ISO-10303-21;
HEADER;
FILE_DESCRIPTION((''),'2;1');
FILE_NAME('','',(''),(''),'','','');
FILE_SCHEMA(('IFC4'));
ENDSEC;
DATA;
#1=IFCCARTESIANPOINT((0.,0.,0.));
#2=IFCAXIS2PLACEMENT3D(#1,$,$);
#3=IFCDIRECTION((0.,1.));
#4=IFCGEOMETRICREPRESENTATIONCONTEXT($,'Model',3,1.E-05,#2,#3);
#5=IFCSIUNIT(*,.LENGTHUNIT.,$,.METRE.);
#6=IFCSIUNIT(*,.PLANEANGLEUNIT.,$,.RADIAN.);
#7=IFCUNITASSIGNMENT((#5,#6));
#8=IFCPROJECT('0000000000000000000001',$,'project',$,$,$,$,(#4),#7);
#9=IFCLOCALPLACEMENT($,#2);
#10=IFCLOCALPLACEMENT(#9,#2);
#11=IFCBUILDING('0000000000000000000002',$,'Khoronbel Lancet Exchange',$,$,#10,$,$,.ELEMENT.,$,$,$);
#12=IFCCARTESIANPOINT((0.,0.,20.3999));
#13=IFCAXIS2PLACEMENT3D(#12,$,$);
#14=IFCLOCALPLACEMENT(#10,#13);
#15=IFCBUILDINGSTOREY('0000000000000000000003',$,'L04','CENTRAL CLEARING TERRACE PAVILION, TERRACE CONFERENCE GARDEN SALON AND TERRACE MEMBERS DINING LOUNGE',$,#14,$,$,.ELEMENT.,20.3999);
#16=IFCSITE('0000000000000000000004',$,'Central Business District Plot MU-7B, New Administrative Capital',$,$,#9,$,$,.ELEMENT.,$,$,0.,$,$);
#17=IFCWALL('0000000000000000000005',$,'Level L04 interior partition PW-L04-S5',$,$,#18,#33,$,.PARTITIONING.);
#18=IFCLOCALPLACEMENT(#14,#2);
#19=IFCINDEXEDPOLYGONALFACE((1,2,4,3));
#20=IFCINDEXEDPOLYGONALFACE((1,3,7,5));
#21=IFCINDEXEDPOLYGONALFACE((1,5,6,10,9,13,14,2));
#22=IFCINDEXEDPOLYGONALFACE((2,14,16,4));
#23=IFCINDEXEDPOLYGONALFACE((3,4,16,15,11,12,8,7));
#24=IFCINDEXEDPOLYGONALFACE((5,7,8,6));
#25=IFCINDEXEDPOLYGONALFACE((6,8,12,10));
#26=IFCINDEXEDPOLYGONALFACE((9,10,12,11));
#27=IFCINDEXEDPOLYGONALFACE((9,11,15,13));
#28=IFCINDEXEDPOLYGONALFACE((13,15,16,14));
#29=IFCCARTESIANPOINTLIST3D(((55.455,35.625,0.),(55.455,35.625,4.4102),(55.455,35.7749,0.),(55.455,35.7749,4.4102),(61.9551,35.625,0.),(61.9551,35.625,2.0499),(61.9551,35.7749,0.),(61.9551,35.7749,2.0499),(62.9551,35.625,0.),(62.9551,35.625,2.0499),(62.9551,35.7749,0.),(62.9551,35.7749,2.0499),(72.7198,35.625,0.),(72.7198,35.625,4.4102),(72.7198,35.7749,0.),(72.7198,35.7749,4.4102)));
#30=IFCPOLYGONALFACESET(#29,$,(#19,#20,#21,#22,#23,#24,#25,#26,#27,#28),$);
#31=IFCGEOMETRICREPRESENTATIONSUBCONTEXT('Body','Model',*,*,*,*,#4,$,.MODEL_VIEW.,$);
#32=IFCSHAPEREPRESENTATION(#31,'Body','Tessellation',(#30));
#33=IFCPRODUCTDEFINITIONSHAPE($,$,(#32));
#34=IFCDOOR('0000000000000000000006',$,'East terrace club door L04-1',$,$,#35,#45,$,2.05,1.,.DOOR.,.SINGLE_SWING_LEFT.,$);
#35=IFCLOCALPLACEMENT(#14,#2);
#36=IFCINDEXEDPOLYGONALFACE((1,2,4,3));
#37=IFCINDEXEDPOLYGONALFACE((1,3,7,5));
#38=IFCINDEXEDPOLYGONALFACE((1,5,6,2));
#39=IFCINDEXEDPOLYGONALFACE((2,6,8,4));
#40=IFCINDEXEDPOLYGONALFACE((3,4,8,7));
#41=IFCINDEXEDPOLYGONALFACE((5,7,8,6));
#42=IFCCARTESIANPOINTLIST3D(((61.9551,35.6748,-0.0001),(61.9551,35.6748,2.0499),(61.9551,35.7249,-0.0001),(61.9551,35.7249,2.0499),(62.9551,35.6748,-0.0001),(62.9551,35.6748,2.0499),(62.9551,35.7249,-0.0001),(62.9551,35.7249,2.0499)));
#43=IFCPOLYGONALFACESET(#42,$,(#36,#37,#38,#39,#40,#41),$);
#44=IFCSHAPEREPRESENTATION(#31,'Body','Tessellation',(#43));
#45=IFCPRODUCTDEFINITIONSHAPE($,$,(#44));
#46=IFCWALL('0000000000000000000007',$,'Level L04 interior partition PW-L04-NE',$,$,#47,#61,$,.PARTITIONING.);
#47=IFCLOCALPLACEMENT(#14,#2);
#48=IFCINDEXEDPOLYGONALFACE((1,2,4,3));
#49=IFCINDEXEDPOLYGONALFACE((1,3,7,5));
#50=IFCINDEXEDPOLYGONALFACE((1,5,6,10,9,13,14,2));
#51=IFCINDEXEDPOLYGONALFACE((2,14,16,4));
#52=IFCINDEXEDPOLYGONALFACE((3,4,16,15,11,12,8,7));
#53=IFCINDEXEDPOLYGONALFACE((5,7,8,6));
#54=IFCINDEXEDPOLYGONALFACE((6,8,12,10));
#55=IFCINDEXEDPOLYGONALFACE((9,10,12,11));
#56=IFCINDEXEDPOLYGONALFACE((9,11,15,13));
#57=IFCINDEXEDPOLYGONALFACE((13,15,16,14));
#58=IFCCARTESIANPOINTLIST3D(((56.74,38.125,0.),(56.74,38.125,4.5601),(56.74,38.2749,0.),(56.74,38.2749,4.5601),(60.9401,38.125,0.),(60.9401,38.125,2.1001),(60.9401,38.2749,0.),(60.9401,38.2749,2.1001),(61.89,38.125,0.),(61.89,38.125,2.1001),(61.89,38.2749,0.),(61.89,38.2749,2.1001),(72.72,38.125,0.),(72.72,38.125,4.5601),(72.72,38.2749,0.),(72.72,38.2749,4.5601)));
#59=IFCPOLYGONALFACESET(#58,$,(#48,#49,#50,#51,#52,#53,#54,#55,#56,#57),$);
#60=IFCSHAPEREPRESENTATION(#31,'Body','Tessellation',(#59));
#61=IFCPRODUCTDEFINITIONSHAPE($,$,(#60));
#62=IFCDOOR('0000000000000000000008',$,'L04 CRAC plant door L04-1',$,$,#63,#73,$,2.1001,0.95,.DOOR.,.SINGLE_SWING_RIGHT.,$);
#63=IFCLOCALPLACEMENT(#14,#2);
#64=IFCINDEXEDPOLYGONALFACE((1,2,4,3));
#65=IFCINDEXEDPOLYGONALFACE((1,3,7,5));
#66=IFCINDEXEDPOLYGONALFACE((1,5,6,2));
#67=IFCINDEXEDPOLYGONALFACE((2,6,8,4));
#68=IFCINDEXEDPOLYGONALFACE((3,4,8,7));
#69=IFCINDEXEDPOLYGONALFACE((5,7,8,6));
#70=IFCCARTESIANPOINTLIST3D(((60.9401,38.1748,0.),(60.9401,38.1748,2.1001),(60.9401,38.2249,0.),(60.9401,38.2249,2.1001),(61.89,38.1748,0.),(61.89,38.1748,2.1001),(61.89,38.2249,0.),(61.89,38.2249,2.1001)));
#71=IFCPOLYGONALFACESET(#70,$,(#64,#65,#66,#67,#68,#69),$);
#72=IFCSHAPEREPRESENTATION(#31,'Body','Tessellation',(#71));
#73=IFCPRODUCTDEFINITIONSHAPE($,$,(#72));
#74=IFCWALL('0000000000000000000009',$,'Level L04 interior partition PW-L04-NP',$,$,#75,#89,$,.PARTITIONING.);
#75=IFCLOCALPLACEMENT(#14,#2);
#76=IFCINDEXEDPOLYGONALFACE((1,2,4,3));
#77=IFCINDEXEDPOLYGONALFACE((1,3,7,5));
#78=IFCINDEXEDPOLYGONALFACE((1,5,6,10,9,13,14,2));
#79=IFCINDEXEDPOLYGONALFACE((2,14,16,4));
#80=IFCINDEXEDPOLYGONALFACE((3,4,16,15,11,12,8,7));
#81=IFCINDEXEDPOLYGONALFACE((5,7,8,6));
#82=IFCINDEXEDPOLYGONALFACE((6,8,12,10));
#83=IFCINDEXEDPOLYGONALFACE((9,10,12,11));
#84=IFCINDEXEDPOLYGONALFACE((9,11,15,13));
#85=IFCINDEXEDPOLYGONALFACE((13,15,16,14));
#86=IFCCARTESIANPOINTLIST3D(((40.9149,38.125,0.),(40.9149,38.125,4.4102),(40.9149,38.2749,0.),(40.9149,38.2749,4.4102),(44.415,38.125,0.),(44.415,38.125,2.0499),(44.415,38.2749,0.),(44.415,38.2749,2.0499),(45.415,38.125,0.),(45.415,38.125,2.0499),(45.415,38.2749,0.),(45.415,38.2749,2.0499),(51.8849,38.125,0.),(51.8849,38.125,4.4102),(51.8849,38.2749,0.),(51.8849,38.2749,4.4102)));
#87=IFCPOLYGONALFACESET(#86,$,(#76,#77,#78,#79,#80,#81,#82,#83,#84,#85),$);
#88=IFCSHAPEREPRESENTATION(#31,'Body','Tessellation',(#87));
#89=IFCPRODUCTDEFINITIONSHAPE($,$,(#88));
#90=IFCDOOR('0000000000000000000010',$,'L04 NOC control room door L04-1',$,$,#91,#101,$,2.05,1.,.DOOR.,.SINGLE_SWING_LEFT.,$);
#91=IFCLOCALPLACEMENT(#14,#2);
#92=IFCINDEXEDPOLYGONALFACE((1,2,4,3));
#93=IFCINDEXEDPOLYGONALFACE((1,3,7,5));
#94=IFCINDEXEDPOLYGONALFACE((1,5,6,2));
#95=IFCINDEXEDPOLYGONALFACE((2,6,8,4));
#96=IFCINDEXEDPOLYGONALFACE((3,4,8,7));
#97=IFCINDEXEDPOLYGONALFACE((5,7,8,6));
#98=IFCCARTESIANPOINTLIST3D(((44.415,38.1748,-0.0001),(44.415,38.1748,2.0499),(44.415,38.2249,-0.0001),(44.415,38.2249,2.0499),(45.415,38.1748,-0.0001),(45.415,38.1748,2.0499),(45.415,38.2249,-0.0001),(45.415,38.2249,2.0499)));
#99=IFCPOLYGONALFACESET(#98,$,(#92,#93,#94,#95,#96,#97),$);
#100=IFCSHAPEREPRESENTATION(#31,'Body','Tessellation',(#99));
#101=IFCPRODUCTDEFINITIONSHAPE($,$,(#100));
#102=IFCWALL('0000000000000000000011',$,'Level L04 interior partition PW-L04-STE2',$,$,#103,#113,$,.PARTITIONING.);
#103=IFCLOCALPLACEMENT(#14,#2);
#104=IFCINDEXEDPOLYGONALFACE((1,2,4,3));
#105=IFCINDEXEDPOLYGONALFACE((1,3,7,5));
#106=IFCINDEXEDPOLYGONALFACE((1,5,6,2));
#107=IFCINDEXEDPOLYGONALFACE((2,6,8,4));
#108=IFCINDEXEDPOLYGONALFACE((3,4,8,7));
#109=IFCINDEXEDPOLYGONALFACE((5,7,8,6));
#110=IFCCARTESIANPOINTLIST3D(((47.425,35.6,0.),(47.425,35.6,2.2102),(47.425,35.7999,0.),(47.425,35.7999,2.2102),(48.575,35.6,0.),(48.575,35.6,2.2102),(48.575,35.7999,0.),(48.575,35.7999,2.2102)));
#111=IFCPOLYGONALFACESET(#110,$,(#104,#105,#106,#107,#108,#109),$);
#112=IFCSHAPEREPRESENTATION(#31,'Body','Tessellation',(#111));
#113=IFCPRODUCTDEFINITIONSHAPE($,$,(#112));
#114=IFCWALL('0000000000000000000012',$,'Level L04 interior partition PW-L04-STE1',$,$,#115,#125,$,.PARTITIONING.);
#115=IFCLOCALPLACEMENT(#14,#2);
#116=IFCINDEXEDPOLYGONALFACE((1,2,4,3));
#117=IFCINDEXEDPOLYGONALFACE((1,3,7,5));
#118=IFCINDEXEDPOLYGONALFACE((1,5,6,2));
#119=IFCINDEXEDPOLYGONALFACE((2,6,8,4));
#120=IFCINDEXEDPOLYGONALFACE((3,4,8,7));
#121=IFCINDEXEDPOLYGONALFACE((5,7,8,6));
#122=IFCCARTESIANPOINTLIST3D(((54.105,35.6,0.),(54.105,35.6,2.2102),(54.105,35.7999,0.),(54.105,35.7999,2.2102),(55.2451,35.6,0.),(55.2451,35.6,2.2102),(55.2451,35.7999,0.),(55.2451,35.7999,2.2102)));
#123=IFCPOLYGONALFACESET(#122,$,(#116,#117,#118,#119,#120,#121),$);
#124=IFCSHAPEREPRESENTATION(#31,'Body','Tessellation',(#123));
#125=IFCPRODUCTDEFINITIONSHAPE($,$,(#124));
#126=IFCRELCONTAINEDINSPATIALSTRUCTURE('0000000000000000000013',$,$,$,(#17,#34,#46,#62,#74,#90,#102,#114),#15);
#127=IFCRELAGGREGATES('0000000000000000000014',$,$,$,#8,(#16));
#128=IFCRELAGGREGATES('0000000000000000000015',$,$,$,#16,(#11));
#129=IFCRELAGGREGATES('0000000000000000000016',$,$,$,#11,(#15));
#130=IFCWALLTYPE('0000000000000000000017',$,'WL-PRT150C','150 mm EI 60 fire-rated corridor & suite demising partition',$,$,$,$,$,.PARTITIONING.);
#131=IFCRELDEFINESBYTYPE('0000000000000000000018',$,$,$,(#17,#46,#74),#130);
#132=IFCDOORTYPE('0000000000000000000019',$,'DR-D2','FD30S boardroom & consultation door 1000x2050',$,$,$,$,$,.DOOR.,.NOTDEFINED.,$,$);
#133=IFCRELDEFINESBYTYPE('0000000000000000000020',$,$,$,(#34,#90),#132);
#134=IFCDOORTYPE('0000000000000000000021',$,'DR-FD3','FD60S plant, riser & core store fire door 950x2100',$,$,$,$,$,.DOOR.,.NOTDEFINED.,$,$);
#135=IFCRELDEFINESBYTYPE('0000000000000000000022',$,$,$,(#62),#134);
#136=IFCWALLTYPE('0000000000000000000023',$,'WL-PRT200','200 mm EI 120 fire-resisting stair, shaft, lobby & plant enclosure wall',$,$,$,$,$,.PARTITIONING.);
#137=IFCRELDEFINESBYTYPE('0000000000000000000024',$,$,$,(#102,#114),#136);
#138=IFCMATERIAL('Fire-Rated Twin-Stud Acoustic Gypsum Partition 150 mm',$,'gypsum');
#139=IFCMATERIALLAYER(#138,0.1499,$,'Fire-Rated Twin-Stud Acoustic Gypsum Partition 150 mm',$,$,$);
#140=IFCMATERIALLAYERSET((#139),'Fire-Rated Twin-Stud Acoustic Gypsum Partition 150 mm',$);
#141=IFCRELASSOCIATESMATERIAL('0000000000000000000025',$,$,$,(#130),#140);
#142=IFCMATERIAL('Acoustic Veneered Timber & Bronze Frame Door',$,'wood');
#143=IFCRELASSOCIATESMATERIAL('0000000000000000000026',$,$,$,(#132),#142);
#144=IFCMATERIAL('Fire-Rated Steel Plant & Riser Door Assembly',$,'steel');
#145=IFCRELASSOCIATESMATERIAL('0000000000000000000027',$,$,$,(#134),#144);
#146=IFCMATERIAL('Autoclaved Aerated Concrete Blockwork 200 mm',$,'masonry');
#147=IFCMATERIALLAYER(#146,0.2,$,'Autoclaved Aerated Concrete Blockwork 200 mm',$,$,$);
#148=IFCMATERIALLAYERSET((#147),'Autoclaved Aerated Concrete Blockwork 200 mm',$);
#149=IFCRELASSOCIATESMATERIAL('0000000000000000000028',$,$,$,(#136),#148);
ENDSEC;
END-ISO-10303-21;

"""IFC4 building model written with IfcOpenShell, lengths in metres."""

from ifc_helpers import new_model, si_unit, direction, frame, frame_2d, origin, place, context, subcontext, project, spatial, rectangle, extrude, material, layer, layer_set, type_object, element, fill, save


model = new_model("IFC4")

# Units and contexts
model_context = context("Model", 3, precision=1e-05, world=origin(), true_north=direction((0.0, 1.0)))
body_context = subcontext(model_context, "Body", "Model", "MODEL_VIEW")
ifc_project = project(units=[si_unit("LENGTHUNIT", "METRE"), si_unit("PLANEANGLEUNIT", "RADIAN")], contexts=[model_context])

# Site, building, storey
site_placement = place(None, origin())
site = spatial("IfcSite", under=ifc_project, at=site_placement, Name="Central Business District Plot MU-7B, New Administrative Capital", CompositionType="ELEMENT", RefElevation=0.0)
building_placement = place(site_placement, origin())
building = spatial("IfcBuilding", under=site, at=building_placement, Name="Khoronbel Lancet Exchange", CompositionType="ELEMENT")
storey_placement = place(building_placement, frame((0.0, 0.0, 20.3999)))
storey = spatial("IfcBuildingStorey", under=building, at=storey_placement, Name="L04", Description="CENTRAL CLEARING TERRACE PAVILION, TERRACE CONFERENCE GARDEN SALON AND TERRACE MEMBERS DINING LOUNGE", CompositionType="ELEMENT", Elevation=20.3999)

# Walls, openings, doors
ifc_material_1 = material(Name="Fire-Rated Twin-Stud Acoustic Gypsum Partition 150 mm", Category="gypsum")
ifc_layer_1 = layer(ifc_material_1, 0.1499, Name="Fire-Rated Twin-Stud Acoustic Gypsum Partition 150 mm")
ifc_layer_set_1 = layer_set([ifc_layer_1], Name="Fire-Rated Twin-Stud Acoustic Gypsum Partition 150 mm")
wall_type_1 = type_object("IfcWallType", Name="WL-PRT150C", Description="150 mm EI 60 fire-rated corridor & suite demising partition", PredefinedType="PARTITIONING", material=ifc_layer_set_1)
wall_1_placement = place(storey_placement, frame((55.4551, 35.7, 0.0), z_axis=(0.0, 0.0, 1.0), x_axis=(1.0, 0.0, 0.0)))
wall_1 = element("IfcWall", 1, at=wall_1_placement, inside=storey, type_object=wall_type_1, Name="Level L04 interior partition PW-L04-S5", PredefinedType="PARTITIONING", context=body_context, shape_type="SweptSolid", body=[
    extrude(rectangle(XDim=17.2649, YDim=0.1499, at=frame_2d((8.6323, 0.0))), origin(), (0.0, 0.0, 1.0), 4.4102),
])
opening_1_placement = place(wall_1_placement, frame((6.5, 0.0, 0.0)))
opening_1 = element("IfcOpeningElement", 2, at=opening_1_placement, cuts=wall_1, PredefinedType="OPENING", context=body_context, shape_type="SweptSolid", body=[
    extrude(rectangle(XDim=1.0, YDim=2.05, at=frame_2d((0.5, 1.0249))), frame((0.0, 0.085, 0.0), z_axis=(0.0, -1.0, 0.0), x_axis=(1.0, 0.0, 0.0)), (0.0, 0.0, 1.0), 0.1699),
])
ifc_material_2 = material(Name="Acoustic Veneered Timber & Bronze Frame Door", Category="wood")
door_type_1 = type_object("IfcDoorType", Name="DR-D2", Description="FD30S boardroom & consultation door 1000x2050", OperationType="NOTDEFINED", PredefinedType="DOOR", material=ifc_material_2)
door_1_placement = place(opening_1_placement, origin())
door_1 = element("IfcDoor", 3, at=door_1_placement, inside=storey, type_object=door_type_1, Name="East terrace club door L04-1", OperationType="SINGLE_SWING_LEFT", OverallHeight=2.05, OverallWidth=1.0, PredefinedType="DOOR", context=body_context, shape_type="SweptSolid", body=[
    extrude(rectangle(XDim=1.0, YDim=2.05, at=frame_2d((0.5, 1.0249))), frame((0.0, 0.0249, 0.0), z_axis=(0.0, -1.0, 0.0), x_axis=(1.0, 0.0, 0.0)), (0.0, 0.0, 1.0), 0.05),
])
fill(opening_1, door_1)
wall_2_placement = place(storey_placement, frame((56.74, 38.2, 0.0), z_axis=(0.0, 0.0, 1.0), x_axis=(1.0, 0.0, 0.0)))
wall_2 = element("IfcWall", 4, at=wall_2_placement, inside=storey, type_object=wall_type_1, Name="Level L04 interior partition PW-L04-NE", PredefinedType="PARTITIONING", context=body_context, shape_type="SweptSolid", body=[
    extrude(rectangle(XDim=15.98, YDim=0.1499, at=frame_2d((7.99, 0.0))), origin(), (0.0, 0.0, 1.0), 4.5601),
])
opening_2_placement = place(wall_2_placement, frame((4.2, 0.0, 0.0)))
opening_2 = element("IfcOpeningElement", 5, at=opening_2_placement, cuts=wall_2, PredefinedType="OPENING", context=body_context, shape_type="SweptSolid", body=[
    extrude(rectangle(XDim=0.95, YDim=2.1001, at=frame_2d((0.4751, 1.05))), frame((0.0, 0.085, 0.0), z_axis=(0.0, -1.0, 0.0), x_axis=(1.0, 0.0, 0.0)), (0.0, 0.0, 1.0), 0.1699),
])
ifc_material_3 = material(Name="Fire-Rated Steel Plant & Riser Door Assembly", Category="steel")
door_type_2 = type_object("IfcDoorType", Name="DR-FD3", Description="FD60S plant, riser & core store fire door 950x2100", OperationType="NOTDEFINED", PredefinedType="DOOR", material=ifc_material_3)
door_2_placement = place(opening_2_placement, origin())
door_2 = element("IfcDoor", 6, at=door_2_placement, inside=storey, type_object=door_type_2, Name="L04 CRAC plant door L04-1", OperationType="SINGLE_SWING_RIGHT", OverallHeight=2.1001, OverallWidth=0.95, PredefinedType="DOOR", context=body_context, shape_type="SweptSolid", body=[
    extrude(rectangle(XDim=0.95, YDim=2.1001, at=frame_2d((0.4751, 1.05))), frame((0.0, 0.0249, 0.0), z_axis=(0.0, -1.0, 0.0), x_axis=(1.0, 0.0, 0.0)), (0.0, 0.0, 1.0), 0.05),
])
fill(opening_2, door_2)
wall_3_placement = place(storey_placement, frame((40.915, 38.2, 0.0), z_axis=(0.0, 0.0, 1.0), x_axis=(1.0, 0.0, 0.0)))
wall_3 = element("IfcWall", 7, at=wall_3_placement, inside=storey, type_object=wall_type_1, Name="Level L04 interior partition PW-L04-NP", PredefinedType="PARTITIONING", context=body_context, shape_type="SweptSolid", body=[
    extrude(rectangle(XDim=10.97, YDim=0.1499, at=frame_2d((5.4849, 0.0))), origin(), (0.0, 0.0, 1.0), 4.4102),
])
opening_3_placement = place(wall_3_placement, frame((3.5, 0.0, 0.0)))
opening_3 = element("IfcOpeningElement", 8, at=opening_3_placement, cuts=wall_3, PredefinedType="OPENING", context=body_context, shape_type="SweptSolid", body=[
    extrude(rectangle(XDim=1.0, YDim=2.05, at=frame_2d((0.5, 1.0249))), frame((0.0, 0.085, 0.0), z_axis=(0.0, -1.0, 0.0), x_axis=(1.0, 0.0, 0.0)), (0.0, 0.0, 1.0), 0.1699),
])
door_3_placement = place(opening_3_placement, origin())
door_3 = element("IfcDoor", 9, at=door_3_placement, inside=storey, type_object=door_type_1, Name="L04 NOC control room door L04-1", OperationType="SINGLE_SWING_LEFT", OverallHeight=2.05, OverallWidth=1.0, PredefinedType="DOOR", context=body_context, shape_type="SweptSolid", body=[
    extrude(rectangle(XDim=1.0, YDim=2.05, at=frame_2d((0.5, 1.0249))), frame((0.0, 0.0249, 0.0), z_axis=(0.0, -1.0, 0.0), x_axis=(1.0, 0.0, 0.0)), (0.0, 0.0, 1.0), 0.05),
])
fill(opening_3, door_3)

# Walls
ifc_material_4 = material(Name="Autoclaved Aerated Concrete Blockwork 200 mm", Category="masonry")
ifc_layer_2 = layer(ifc_material_4, 0.2, Name="Autoclaved Aerated Concrete Blockwork 200 mm")
ifc_layer_set_2 = layer_set([ifc_layer_2], Name="Autoclaved Aerated Concrete Blockwork 200 mm")
wall_type_2 = type_object("IfcWallType", Name="WL-PRT200", Description="200 mm EI 120 fire-resisting stair, shaft, lobby & plant enclosure wall", PredefinedType="PARTITIONING", material=ifc_layer_set_2)
wall_4_placement = place(storey_placement, frame((47.425, 35.7, 0.0), z_axis=(0.0, 0.0, 1.0), x_axis=(1.0, 0.0, 0.0)))
element("IfcWall", 10, at=wall_4_placement, inside=storey, type_object=wall_type_2, Name="Level L04 interior partition PW-L04-STE2", PredefinedType="PARTITIONING", context=body_context, shape_type="SweptSolid", body=[
    extrude(rectangle(XDim=1.1499, YDim=0.2, at=frame_2d((0.575, 0.0))), origin(), (0.0, 0.0, 1.0), 2.2102),
])
wall_5_placement = place(storey_placement, frame((54.105, 35.7, 0.0), z_axis=(0.0, 0.0, 1.0), x_axis=(1.0, 0.0, 0.0)))
element("IfcWall", 11, at=wall_5_placement, inside=storey, type_object=wall_type_2, Name="Level L04 interior partition PW-L04-STE1", PredefinedType="PARTITIONING", context=body_context, shape_type="SweptSolid", body=[
    extrude(rectangle(XDim=1.1401, YDim=0.2, at=frame_2d((0.5701, 0.0))), origin(), (0.0, 0.0, 1.0), 2.2102),
])

save(model, "model.ifc")
